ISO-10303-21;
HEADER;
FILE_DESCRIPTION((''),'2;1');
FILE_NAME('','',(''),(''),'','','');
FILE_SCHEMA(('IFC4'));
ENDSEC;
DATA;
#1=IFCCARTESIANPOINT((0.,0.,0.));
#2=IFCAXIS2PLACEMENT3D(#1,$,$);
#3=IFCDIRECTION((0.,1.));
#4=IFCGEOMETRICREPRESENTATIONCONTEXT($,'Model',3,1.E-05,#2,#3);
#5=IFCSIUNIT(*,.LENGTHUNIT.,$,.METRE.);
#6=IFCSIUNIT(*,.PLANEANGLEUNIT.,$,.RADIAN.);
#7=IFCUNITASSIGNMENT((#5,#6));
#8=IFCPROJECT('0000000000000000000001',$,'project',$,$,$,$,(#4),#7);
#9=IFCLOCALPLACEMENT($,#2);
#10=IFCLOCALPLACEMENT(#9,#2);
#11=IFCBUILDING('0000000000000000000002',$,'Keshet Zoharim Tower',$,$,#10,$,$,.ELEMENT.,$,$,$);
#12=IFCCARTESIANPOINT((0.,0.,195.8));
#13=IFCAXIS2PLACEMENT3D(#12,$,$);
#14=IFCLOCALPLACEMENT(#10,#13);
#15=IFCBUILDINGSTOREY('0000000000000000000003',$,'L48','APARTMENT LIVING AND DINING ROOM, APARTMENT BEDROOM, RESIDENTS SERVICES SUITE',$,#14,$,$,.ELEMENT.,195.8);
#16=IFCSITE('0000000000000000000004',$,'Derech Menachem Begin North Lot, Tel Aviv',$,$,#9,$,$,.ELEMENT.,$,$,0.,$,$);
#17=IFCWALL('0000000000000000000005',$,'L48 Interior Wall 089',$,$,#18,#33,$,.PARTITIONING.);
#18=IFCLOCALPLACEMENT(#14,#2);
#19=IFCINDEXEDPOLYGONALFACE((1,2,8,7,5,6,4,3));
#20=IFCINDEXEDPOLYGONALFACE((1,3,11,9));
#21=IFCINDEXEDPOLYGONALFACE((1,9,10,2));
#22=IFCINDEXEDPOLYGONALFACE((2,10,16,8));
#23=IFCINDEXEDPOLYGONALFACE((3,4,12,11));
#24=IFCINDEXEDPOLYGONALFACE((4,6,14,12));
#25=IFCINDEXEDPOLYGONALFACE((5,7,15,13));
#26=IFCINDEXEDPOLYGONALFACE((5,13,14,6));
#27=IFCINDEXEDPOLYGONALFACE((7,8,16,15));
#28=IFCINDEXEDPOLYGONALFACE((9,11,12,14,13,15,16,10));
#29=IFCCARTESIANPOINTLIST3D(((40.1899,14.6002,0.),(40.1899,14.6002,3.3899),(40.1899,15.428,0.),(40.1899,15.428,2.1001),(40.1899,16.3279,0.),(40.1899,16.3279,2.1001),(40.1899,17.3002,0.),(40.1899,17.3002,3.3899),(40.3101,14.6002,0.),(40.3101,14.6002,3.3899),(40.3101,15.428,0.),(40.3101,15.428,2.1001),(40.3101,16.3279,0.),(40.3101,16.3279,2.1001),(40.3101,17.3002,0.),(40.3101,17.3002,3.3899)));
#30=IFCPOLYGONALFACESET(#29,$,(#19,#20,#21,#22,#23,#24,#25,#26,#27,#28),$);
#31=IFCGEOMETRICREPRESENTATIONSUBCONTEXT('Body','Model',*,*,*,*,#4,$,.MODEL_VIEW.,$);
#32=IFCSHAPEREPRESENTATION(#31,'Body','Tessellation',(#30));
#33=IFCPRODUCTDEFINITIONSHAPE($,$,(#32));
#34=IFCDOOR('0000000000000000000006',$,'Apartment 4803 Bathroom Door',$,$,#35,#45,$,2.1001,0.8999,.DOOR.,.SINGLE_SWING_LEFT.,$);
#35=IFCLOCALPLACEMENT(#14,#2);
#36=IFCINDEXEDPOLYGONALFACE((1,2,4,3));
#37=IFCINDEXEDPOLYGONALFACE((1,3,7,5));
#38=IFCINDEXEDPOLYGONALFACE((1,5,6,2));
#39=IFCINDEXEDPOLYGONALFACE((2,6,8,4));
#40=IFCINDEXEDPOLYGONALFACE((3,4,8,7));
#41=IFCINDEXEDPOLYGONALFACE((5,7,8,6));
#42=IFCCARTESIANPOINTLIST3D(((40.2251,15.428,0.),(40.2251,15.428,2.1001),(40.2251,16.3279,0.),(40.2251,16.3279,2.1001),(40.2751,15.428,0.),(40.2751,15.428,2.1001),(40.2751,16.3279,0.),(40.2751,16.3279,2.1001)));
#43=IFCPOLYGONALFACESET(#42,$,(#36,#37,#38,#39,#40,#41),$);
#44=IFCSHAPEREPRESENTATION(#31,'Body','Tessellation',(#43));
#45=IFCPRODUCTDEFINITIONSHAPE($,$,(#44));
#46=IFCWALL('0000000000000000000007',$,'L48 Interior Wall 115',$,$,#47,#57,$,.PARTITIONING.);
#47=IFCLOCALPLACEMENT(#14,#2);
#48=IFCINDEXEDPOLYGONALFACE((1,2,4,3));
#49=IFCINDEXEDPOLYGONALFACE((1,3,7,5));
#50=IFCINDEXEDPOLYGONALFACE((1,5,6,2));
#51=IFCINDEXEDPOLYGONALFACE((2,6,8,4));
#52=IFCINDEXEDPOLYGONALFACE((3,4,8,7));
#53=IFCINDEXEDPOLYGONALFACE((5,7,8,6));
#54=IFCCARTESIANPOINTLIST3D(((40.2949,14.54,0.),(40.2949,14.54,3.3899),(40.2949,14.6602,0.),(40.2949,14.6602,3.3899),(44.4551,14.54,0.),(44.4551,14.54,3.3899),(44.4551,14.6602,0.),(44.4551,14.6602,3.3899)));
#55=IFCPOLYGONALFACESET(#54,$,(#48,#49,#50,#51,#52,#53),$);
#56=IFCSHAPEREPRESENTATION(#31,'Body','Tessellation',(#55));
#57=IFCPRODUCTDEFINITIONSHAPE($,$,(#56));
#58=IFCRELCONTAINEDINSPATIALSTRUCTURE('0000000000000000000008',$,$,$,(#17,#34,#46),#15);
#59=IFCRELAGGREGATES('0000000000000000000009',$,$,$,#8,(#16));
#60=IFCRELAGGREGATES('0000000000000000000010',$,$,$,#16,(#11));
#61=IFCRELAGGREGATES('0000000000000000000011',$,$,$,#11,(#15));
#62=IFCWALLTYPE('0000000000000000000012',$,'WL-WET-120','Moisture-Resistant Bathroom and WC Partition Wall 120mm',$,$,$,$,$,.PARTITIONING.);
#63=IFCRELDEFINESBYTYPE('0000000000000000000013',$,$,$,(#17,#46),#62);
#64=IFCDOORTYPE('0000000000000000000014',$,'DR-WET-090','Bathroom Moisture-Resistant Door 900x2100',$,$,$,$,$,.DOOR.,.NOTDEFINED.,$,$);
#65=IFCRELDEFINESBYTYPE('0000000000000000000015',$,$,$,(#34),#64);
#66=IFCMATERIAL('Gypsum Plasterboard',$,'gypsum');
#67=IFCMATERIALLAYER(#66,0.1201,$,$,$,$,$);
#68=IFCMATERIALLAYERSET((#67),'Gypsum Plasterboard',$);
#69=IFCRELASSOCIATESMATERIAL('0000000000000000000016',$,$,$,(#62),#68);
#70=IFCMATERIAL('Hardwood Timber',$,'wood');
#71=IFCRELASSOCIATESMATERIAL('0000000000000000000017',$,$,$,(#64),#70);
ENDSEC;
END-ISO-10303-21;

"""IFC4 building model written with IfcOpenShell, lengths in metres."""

from ifc_helpers import new_model, si_unit, direction, frame, frame_2d, origin, place, context, subcontext, project, spatial, rectangle, extrude, material, layer, layer_set, type_object, element, fill, save


model = new_model("IFC4")

# Units and contexts
model_context = context("Model", 3, precision=1e-05, world=origin(), true_north=direction((0.0, 1.0)))
body_context = subcontext(model_context, "Body", "Model", "MODEL_VIEW")
ifc_project = project(units=[si_unit("LENGTHUNIT", "METRE"), si_unit("PLANEANGLEUNIT", "RADIAN")], contexts=[model_context])

# Site, building, storey
site_placement = place(None, origin())
site = spatial("IfcSite", under=ifc_project, at=site_placement, Name="Derech Menachem Begin North Lot, Tel Aviv", CompositionType="ELEMENT", RefElevation=0.0)
building_placement = place(site_placement, origin())
building = spatial("IfcBuilding", under=site, at=building_placement, Name="Keshet Zoharim Tower", CompositionType="ELEMENT")
storey_placement = place(building_placement, frame((0.0, 0.0, 195.8)))
storey = spatial("IfcBuildingStorey", under=building, at=storey_placement, Name="L48", Description="APARTMENT LIVING AND DINING ROOM, APARTMENT BEDROOM, RESIDENTS SERVICES SUITE", CompositionType="ELEMENT", Elevation=195.8)

# Shared definitions
ifc_material_1 = material(Name="Gypsum Plasterboard", Category="gypsum")
ifc_material_2 = material(Name="Hardwood Timber", Category="wood")

# Shared definitions
ifc_layer_1 = layer(ifc_material_1, 0.1201)
ifc_layer_set_1 = layer_set([ifc_layer_1], Name="Gypsum Plasterboard")
wall_type_1 = type_object("IfcWallType", Name="WL-WET-120", Description="Moisture-Resistant Bathroom and WC Partition Wall 120mm", PredefinedType="PARTITIONING", material=ifc_layer_set_1)

# Wall, opening, door
wall_1_placement = place(storey_placement, frame((40.25, 14.6001, 0.0), z_axis=(0.0, 0.0, 1.0), x_axis=(0.0, 1.0, 0.0)))
wall_1 = element("IfcWall", 1, at=wall_1_placement, inside=storey, type_object=wall_type_1, Name="L48 Interior Wall 089", PredefinedType="PARTITIONING", context=body_context, shape_type="SweptSolid", body=[
    extrude(rectangle(XDim=2.7, YDim=0.1201, at=frame_2d((1.3501, 0.0))), origin(), (0.0, 0.0, 1.0), 3.3899),
])
opening_1_placement = place(wall_1_placement, frame((0.8279, 0.0, 0.0)))
opening_1 = element("IfcOpeningElement", 2, at=opening_1_placement, cuts=wall_1, PredefinedType="OPENING", context=body_context, shape_type="SweptSolid", body=[
    extrude(rectangle(XDim=0.8999, YDim=2.1001, at=frame_2d((0.45, 1.05))), frame((0.0, 0.0701, 0.0), z_axis=(0.0, -1.0, 0.0), x_axis=(1.0, 0.0, 0.0)), (0.0, 0.0, 1.0), 0.1401),
])
door_type_1 = type_object("IfcDoorType", Name="DR-WET-090", Description="Bathroom Moisture-Resistant Door 900x2100", OperationType="NOTDEFINED", PredefinedType="DOOR", material=ifc_material_2)
door_1_placement = place(opening_1_placement, origin())
door_1 = element("IfcDoor", 3, at=door_1_placement, inside=storey, type_object=door_type_1, Name="Apartment 4803 Bathroom Door", OperationType="SINGLE_SWING_LEFT", OverallHeight=2.1001, OverallWidth=0.8999, PredefinedType="DOOR", context=body_context, shape_type="SweptSolid", body=[
    extrude(rectangle(XDim=0.8999, YDim=2.1001, at=frame_2d((0.45, 1.05))), frame((0.0, 0.0249, 0.0), z_axis=(0.0, -1.0, 0.0), x_axis=(1.0, 0.0, 0.0)), (0.0, 0.0, 1.0), 0.05),
])
fill(opening_1, door_1)

# Wall
wall_2_placement = place(storey_placement, frame((40.2949, 14.6001, 0.0), z_axis=(0.0, 0.0, 1.0), x_axis=(1.0, 0.0, 0.0)))
element("IfcWall", 4, at=wall_2_placement, inside=storey, type_object=wall_type_1, Name="L48 Interior Wall 115", PredefinedType="PARTITIONING", context=body_context, shape_type="SweptSolid", body=[
    extrude(rectangle(XDim=4.1602, YDim=0.1201, at=frame_2d((2.0801, 0.0))), origin(), (0.0, 0.0, 1.0), 3.3899),
])

save(model, "model.ifc")
